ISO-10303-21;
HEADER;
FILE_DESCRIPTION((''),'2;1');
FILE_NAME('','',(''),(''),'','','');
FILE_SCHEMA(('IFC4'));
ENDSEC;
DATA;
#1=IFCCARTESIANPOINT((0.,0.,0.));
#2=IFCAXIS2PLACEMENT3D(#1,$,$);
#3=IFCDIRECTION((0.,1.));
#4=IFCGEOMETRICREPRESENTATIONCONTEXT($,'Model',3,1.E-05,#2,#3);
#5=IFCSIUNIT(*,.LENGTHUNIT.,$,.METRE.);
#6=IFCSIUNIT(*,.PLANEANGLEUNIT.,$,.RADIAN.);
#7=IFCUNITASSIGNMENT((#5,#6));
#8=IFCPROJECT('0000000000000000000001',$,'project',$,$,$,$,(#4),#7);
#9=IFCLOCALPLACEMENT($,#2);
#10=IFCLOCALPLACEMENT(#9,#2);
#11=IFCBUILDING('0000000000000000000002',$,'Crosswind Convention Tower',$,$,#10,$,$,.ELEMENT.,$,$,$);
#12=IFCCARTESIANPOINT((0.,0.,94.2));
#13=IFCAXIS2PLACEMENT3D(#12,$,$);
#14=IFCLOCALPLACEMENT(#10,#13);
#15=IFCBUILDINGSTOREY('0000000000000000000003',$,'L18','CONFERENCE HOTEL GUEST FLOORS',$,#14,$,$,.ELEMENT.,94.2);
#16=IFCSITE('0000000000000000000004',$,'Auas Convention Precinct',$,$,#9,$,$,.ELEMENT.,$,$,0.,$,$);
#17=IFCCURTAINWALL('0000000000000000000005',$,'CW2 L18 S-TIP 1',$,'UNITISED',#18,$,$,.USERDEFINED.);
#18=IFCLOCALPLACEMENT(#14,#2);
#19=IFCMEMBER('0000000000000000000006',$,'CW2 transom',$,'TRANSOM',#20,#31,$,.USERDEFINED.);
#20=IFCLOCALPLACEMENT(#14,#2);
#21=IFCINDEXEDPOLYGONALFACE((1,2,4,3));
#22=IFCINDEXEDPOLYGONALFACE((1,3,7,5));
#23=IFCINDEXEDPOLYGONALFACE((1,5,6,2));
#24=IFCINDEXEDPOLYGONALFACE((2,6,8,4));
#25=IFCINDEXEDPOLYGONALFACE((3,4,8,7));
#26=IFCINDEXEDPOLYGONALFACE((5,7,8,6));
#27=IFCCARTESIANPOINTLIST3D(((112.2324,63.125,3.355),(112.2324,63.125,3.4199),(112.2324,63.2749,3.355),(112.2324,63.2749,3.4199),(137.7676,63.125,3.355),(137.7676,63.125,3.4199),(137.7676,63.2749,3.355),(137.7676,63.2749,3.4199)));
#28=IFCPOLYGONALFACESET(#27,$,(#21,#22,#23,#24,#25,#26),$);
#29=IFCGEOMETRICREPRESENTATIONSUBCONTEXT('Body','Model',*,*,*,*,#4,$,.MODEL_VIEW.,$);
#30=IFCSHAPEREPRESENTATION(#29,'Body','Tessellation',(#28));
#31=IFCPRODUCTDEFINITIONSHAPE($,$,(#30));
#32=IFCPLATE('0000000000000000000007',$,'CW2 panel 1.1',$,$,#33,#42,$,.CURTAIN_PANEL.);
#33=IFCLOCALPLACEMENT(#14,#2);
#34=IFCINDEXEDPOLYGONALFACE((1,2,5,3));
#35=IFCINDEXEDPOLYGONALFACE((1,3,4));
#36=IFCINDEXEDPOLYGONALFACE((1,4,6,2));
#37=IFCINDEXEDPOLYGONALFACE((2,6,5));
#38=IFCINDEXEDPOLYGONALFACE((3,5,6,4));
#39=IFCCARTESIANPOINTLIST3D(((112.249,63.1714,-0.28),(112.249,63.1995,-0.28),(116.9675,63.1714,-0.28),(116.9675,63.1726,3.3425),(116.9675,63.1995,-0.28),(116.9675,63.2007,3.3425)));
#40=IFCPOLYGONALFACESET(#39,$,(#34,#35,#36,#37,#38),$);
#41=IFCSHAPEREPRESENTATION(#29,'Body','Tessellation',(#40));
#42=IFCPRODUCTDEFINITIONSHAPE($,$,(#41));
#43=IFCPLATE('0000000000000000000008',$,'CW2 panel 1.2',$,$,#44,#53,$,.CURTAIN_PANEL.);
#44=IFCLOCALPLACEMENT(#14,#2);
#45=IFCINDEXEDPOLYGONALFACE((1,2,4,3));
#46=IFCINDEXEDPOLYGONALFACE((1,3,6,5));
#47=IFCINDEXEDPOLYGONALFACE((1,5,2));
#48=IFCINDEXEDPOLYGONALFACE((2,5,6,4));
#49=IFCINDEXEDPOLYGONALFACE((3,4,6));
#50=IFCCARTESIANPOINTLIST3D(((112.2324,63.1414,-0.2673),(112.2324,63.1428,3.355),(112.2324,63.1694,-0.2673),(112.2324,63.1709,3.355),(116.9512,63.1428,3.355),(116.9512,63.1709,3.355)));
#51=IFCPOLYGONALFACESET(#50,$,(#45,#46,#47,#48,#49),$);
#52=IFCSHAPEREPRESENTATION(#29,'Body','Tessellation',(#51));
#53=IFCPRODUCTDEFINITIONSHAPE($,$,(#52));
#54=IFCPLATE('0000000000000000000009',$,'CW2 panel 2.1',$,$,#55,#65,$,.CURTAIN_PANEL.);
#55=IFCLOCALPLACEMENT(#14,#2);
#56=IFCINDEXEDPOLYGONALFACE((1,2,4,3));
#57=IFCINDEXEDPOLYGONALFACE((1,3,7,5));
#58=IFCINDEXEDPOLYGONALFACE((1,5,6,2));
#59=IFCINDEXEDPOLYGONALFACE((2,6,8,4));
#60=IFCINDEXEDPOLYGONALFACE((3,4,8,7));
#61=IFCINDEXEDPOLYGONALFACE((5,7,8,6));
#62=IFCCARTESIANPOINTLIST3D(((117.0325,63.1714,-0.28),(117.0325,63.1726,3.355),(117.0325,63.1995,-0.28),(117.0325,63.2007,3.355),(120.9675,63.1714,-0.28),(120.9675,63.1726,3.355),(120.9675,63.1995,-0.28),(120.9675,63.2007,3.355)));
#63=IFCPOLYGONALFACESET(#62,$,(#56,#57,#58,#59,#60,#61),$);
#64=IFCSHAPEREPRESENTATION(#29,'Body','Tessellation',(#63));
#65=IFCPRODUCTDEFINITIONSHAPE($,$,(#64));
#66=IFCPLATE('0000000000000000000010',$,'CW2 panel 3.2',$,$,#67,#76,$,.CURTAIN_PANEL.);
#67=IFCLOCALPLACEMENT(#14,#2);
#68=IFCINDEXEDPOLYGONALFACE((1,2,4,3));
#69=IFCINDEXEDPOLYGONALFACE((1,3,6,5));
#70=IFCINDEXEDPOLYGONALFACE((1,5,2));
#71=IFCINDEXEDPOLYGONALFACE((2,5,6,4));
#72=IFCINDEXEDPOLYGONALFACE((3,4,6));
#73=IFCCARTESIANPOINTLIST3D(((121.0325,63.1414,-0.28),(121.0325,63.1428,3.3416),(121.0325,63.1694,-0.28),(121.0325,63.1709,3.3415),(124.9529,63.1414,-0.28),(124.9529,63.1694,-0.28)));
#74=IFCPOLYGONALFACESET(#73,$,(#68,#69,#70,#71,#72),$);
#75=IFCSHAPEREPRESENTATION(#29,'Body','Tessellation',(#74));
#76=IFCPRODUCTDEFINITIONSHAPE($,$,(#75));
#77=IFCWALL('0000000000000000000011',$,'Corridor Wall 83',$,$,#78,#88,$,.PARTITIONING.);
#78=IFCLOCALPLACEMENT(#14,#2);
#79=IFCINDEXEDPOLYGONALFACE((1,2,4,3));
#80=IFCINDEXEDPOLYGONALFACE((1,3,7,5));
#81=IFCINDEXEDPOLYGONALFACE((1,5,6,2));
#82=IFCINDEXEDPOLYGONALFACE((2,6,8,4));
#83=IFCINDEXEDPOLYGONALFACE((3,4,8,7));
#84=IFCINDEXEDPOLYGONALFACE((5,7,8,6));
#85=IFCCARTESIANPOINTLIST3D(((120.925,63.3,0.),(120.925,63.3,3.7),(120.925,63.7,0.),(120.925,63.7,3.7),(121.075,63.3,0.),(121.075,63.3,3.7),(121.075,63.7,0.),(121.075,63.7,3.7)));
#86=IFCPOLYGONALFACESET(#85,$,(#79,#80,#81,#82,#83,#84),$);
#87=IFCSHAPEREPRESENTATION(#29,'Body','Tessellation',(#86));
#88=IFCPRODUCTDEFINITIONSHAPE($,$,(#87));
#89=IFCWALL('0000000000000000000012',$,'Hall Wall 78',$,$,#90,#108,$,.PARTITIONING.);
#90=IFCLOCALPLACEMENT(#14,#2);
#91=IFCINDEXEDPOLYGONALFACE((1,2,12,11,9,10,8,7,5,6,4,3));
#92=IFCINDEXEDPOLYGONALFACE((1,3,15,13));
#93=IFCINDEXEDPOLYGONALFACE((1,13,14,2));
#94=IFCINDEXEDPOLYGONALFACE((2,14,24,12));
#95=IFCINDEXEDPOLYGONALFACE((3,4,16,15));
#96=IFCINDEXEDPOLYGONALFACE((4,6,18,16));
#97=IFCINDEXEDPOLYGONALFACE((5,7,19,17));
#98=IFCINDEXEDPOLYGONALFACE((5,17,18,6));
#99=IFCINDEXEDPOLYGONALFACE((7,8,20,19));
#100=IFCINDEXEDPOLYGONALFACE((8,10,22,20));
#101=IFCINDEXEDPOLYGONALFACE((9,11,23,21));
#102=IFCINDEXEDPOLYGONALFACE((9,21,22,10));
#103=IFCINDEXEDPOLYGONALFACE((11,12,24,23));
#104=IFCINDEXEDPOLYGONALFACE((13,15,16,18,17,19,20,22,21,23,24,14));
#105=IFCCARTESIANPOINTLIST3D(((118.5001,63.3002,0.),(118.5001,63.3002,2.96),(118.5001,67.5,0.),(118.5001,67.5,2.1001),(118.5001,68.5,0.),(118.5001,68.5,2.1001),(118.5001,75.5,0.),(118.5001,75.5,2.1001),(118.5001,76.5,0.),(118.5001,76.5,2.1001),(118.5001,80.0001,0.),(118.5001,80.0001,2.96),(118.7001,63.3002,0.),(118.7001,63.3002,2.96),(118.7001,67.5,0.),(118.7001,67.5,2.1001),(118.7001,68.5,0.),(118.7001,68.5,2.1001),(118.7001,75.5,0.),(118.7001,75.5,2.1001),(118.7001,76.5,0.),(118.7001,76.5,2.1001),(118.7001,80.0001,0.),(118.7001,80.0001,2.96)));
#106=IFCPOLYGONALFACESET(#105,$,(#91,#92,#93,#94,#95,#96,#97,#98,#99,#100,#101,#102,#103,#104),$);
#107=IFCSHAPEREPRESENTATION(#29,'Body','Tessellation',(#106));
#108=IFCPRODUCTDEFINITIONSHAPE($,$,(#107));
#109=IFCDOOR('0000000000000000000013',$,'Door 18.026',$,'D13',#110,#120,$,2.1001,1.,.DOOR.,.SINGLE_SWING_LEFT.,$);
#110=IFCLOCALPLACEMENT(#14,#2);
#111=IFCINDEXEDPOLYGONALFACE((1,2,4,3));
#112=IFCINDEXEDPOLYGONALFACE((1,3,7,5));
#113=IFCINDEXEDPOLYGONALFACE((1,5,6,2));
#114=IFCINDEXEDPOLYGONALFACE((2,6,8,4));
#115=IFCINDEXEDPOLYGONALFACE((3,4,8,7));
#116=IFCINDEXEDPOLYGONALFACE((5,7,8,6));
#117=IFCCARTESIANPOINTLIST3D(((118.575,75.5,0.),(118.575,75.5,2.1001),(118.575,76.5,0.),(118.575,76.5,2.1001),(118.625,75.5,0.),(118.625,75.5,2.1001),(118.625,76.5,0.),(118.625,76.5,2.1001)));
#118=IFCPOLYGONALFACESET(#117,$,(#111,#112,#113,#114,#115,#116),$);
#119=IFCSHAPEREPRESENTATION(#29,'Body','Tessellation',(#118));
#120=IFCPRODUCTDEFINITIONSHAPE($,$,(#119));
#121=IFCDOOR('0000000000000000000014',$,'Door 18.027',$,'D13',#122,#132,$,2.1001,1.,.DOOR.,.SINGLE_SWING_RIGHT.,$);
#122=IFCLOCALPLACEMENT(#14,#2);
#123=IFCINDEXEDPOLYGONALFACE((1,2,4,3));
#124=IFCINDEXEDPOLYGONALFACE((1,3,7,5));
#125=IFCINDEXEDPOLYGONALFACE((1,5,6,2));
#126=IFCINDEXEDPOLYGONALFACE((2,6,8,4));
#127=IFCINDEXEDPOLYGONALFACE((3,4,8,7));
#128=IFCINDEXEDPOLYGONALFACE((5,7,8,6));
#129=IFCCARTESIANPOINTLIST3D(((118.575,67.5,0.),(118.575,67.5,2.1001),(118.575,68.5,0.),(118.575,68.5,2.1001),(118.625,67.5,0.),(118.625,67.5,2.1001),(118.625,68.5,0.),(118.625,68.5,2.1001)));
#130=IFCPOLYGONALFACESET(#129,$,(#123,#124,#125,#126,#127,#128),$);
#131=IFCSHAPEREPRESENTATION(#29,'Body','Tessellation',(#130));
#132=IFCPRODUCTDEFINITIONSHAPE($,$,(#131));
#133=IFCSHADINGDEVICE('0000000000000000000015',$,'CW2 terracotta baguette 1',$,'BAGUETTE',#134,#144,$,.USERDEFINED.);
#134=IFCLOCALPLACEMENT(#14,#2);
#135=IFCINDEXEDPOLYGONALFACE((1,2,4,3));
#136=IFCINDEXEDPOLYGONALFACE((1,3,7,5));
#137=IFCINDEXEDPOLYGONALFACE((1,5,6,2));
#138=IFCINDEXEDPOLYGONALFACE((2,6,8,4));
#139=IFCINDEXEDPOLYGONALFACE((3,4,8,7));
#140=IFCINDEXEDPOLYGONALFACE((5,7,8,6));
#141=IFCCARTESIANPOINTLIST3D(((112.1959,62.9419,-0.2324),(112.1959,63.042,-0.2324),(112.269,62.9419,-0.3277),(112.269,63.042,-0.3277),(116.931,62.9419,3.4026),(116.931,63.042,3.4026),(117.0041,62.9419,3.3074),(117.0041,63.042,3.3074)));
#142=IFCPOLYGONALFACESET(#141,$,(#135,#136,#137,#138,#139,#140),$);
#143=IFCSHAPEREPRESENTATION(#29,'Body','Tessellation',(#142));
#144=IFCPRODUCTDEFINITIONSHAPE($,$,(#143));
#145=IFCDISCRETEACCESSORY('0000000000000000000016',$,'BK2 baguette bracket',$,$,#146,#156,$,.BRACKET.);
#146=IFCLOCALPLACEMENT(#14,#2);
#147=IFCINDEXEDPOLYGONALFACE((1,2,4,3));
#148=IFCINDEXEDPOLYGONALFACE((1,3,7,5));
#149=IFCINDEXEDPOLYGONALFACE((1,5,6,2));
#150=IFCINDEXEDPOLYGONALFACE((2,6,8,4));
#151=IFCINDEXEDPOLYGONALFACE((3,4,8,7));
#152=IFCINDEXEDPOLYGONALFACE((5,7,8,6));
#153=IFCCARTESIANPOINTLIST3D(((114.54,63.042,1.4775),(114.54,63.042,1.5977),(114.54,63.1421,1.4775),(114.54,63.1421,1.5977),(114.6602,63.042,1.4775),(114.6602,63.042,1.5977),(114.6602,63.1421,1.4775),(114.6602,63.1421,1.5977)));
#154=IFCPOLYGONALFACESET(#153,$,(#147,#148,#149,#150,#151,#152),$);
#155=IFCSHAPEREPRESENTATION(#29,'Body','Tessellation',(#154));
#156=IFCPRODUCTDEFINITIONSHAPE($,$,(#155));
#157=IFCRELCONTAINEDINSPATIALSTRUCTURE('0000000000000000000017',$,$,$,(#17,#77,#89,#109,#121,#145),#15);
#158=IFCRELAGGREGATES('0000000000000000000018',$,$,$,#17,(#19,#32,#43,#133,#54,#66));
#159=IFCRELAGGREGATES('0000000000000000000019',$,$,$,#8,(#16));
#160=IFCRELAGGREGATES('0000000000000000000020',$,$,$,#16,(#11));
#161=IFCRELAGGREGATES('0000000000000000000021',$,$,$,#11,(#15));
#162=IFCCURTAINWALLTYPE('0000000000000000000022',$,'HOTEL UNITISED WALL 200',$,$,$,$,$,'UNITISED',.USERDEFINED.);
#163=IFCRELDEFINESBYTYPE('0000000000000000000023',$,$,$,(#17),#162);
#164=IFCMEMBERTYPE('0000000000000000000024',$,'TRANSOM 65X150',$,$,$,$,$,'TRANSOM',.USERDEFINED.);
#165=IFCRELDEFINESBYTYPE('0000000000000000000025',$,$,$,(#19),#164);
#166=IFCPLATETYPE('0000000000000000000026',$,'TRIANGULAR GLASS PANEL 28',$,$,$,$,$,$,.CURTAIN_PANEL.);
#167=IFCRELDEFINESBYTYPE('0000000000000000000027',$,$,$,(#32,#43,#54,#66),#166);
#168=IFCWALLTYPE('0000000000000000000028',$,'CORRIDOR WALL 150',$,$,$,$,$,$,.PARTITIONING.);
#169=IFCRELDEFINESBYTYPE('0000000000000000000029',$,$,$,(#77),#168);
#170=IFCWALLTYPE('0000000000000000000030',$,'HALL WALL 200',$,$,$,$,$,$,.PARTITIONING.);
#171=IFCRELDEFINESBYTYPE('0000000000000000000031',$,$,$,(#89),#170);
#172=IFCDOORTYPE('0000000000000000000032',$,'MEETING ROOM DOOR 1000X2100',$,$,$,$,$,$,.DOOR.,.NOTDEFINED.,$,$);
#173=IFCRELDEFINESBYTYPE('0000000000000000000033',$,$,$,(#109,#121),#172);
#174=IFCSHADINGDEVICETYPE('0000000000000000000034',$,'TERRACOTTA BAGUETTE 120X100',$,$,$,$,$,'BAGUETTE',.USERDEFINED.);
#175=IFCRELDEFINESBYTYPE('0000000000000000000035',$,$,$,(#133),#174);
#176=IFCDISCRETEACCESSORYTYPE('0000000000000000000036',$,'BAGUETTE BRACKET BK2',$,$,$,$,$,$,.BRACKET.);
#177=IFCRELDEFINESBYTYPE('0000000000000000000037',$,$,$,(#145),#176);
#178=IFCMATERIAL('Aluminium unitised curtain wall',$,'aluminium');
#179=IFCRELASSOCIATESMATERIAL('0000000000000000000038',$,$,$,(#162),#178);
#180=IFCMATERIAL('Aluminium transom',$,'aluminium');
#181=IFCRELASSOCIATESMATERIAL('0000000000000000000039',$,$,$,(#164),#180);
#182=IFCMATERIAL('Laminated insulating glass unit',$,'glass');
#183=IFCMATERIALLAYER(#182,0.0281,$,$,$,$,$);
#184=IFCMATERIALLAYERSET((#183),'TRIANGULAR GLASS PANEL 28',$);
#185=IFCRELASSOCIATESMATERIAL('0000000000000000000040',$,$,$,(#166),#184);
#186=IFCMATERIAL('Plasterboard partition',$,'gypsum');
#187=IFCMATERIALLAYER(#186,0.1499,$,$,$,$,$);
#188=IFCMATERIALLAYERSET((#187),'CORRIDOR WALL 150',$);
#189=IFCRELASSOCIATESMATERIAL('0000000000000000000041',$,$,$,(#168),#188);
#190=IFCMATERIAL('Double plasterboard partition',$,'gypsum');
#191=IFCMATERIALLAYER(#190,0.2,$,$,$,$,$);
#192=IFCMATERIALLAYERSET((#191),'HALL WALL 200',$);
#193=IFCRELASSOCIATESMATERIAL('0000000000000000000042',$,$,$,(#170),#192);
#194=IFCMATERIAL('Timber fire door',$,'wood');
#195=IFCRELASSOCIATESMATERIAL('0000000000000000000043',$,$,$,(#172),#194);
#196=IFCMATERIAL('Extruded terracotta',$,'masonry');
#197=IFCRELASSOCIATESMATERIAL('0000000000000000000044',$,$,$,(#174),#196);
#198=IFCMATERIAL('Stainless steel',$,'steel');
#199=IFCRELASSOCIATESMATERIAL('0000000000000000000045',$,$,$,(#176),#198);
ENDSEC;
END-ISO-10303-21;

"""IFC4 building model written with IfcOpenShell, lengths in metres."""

from ifc_helpers import new_model, si_unit, direction, frame, frame_2d, origin, origin_2d, place, context, subcontext, project, spatial, polyline, rectangle, outline, extrude, material, layer, layer_set, material_profile, profile_set, type_object, element, fill, aggregate, save


model = new_model("IFC4")

# Units and contexts
model_context = context("Model", 3, precision=1e-05, world=origin(), true_north=direction((0.0, 1.0)))
body_context = subcontext(model_context, "Body", "Model", "MODEL_VIEW")
ifc_project = project(units=[si_unit("LENGTHUNIT", "METRE"), si_unit("PLANEANGLEUNIT", "RADIAN")], contexts=[model_context])

# Site, building, storey
site_placement = place(None, origin())
site = spatial("IfcSite", under=ifc_project, at=site_placement, Name="Auas Convention Precinct", CompositionType="ELEMENT", RefElevation=0.0)
building_placement = place(site_placement, origin())
building = spatial("IfcBuilding", under=site, at=building_placement, Name="Crosswind Convention Tower", CompositionType="ELEMENT")
storey_placement = place(building_placement, frame((0.0, 0.0, 94.2)))
storey = spatial("IfcBuildingStorey", under=building, at=storey_placement, Name="L18", Description="CONFERENCE HOTEL GUEST FLOORS", CompositionType="ELEMENT", Elevation=94.2)

# Curtain wall, member, plates
ifc_material_1 = material(Name="Aluminium unitised curtain wall", Category="aluminium")
curtain_wall_type = type_object("IfcCurtainWallType", Name="HOTEL UNITISED WALL 200", ElementType="UNITISED", PredefinedType="USERDEFINED", material=ifc_material_1)
curtain_wall_placement = place(storey_placement, origin())
curtain_wall = element("IfcCurtainWall", 1, at=curtain_wall_placement, inside=storey, type_object=curtain_wall_type, Name="CW2 L18 S-TIP 1", ObjectType="UNITISED", PredefinedType="USERDEFINED")
ifc_material_2 = material(Name="Aluminium transom", Category="aluminium")
ifc_material_profile_1 = material_profile(ifc_material_2, rectangle(XDim=0.1499, YDim=0.0649, at=origin_2d()), Name="AL 150X65")
ifc_profile_set_1 = profile_set([ifc_material_profile_1], Name="Aluminium transom")
member_type_1 = type_object("IfcMemberType", Name="TRANSOM 65X150", ElementType="TRANSOM", PredefinedType="USERDEFINED", material=ifc_profile_set_1)
member_1_placement = place(storey_placement, frame((112.2324, 63.2, 3.3875), z_axis=(1.0, 0.0, 0.0), x_axis=(0.0, 1.0, 0.0)))
member_1 = element("IfcMember", 2, at=member_1_placement, type_object=member_type_1, Name="CW2 transom", ObjectType="TRANSOM", PredefinedType="USERDEFINED", context=body_context, shape_type="SweptSolid", body=[
    extrude(rectangle(XDim=0.1499, YDim=0.0649, at=origin_2d()), origin(), (0.0, 0.0, 1.0), 25.5352),
])
ifc_material_3 = material(Name="Laminated insulating glass unit", Category="glass")
ifc_layer_1 = layer(ifc_material_3, 0.0281)
ifc_layer_set_1 = layer_set([ifc_layer_1], Name="TRIANGULAR GLASS PANEL 28")
plate_type = type_object("IfcPlateType", Name="TRIANGULAR GLASS PANEL 28", PredefinedType="CURTAIN_PANEL", material=ifc_layer_set_1)
plate_1_placement = place(storey_placement, frame((116.9675, 63.1714, -0.28), z_axis=(0.0, -1.0, 0.000337), x_axis=(0.0, 0.000337, 1.0)))
plate_1 = element("IfcPlate", 3, at=plate_1_placement, type_object=plate_type, Name="CW2 panel 1.1", PredefinedType="CURTAIN_PANEL", context=body_context, shape_type="SweptSolid", body=[
    extrude(outline(polyline([(0.0, 0.0), (3.6226, 0.0), (0.0, 4.7185), (0.0, 0.0)])), origin(), (0.0, 0.0, -1.0), 0.0281),
])
plate_2_placement = place(storey_placement, frame((112.2324, 63.1428, 3.355), z_axis=(0.0, -1.0, 0.000404), x_axis=(0.0, -0.000404, -1.0)))
plate_2 = element("IfcPlate", 4, at=plate_2_placement, type_object=plate_type, Name="CW2 panel 1.2", PredefinedType="CURTAIN_PANEL", context=body_context, shape_type="SweptSolid", body=[
    extrude(outline(polyline([(0.0, 0.0), (3.6223, 0.0), (0.0, 4.7188), (0.0, 0.0)])), origin(), (0.0, 0.0, -1.0), 0.0281),
])
plate_3_placement = place(storey_placement, frame((117.0325, 63.1714, -0.28), z_axis=(0.0, -1.0, 0.000336), x_axis=(1.0, 0.0, 0.0)))
plate_3 = element("IfcPlate", 5, at=plate_3_placement, type_object=plate_type, Name="CW2 panel 2.1", PredefinedType="CURTAIN_PANEL", context=body_context, shape_type="SweptSolid", body=[
    extrude(outline(polyline([(0.0, 0.0), (3.9351, 0.0), (3.9351, 3.635), (0.0, 3.635), (0.0, 0.0)])), origin(), (0.0, 0.0, -1.0), 0.0281),
])
plate_4_placement = place(storey_placement, frame((121.0325, 63.1414, -0.28), z_axis=(0.0, -1.0, 0.000404), x_axis=(1.0, 0.0, 0.0)))
plate_4 = element("IfcPlate", 6, at=plate_4_placement, type_object=plate_type, Name="CW2 panel 3.2", PredefinedType="CURTAIN_PANEL", context=body_context, shape_type="SweptSolid", body=[
    extrude(outline(polyline([(0.0, 0.0), (3.9204, 0.0), (0.0, 3.6216), (0.0, 0.0)])), origin(), (0.0, 0.0, -1.0), 0.0281),
])

# Wall
ifc_material_4 = material(Name="Plasterboard partition", Category="gypsum")
ifc_layer_2 = layer(ifc_material_4, 0.1499)
ifc_layer_set_2 = layer_set([ifc_layer_2], Name="CORRIDOR WALL 150")
wall_type_1 = type_object("IfcWallType", Name="CORRIDOR WALL 150", PredefinedType="PARTITIONING", material=ifc_layer_set_2)
wall_1_placement = place(storey_placement, frame((121.0, 63.3, 0.0), z_axis=(0.0, 0.0, 1.0), x_axis=(0.0, 1.0, 0.0)))
element("IfcWall", 7, at=wall_1_placement, inside=storey, type_object=wall_type_1, Name="Corridor Wall 83", PredefinedType="PARTITIONING", context=body_context, shape_type="SweptSolid", body=[
    extrude(rectangle(XDim=0.3999, YDim=0.1499, at=frame_2d((0.2, 0.0))), origin(), (0.0, 0.0, 1.0), 3.7),
])

# Wall, openings, doors
ifc_material_5 = material(Name="Double plasterboard partition", Category="gypsum")
ifc_layer_3 = layer(ifc_material_5, 0.2)
ifc_layer_set_3 = layer_set([ifc_layer_3], Name="HALL WALL 200")
wall_type_2 = type_object("IfcWallType", Name="HALL WALL 200", PredefinedType="PARTITIONING", material=ifc_layer_set_3)
wall_2_placement = place(storey_placement, frame((118.6001, 63.3, 0.0), z_axis=(0.0, 0.0, 1.0), x_axis=(0.0, 1.0, 0.0)))
wall_2 = element("IfcWall", 8, at=wall_2_placement, inside=storey, type_object=wall_type_2, Name="Hall Wall 78", PredefinedType="PARTITIONING", context=body_context, shape_type="SweptSolid", body=[
    extrude(rectangle(XDim=16.7, YDim=0.2, at=frame_2d((8.3501, 0.0))), origin(), (0.0, 0.0, 1.0), 2.96),
])
opening_1_placement = place(wall_2_placement, frame((12.2, 0.0, 0.0)))
opening_1 = element("IfcOpeningElement", 9, at=opening_1_placement, cuts=wall_2, PredefinedType="OPENING", context=body_context, shape_type="SweptSolid", body=[
    extrude(rectangle(XDim=1.0, YDim=2.1001, at=frame_2d((0.5, 1.05))), frame((0.0, 0.1099, 0.0), z_axis=(0.0, -1.0, 0.0), x_axis=(1.0, 0.0, 0.0)), (0.0, 0.0, 1.0), 0.22),
])
opening_2_placement = place(wall_2_placement, frame((4.2, 0.0, 0.0)))
opening_2 = element("IfcOpeningElement", 10, at=opening_2_placement, cuts=wall_2, PredefinedType="OPENING", context=body_context, shape_type="SweptSolid", body=[
    extrude(rectangle(XDim=1.0, YDim=2.1001, at=frame_2d((0.5, 1.05))), frame((0.0, 0.1099, 0.0), z_axis=(0.0, -1.0, 0.0), x_axis=(1.0, 0.0, 0.0)), (0.0, 0.0, 1.0), 0.22),
])
ifc_material_6 = material(Name="Timber fire door", Category="wood")
door_type = type_object("IfcDoorType", Name="MEETING ROOM DOOR 1000X2100", OperationType="NOTDEFINED", PredefinedType="DOOR", material=ifc_material_6)
door_1_placement = place(opening_1_placement, frame((1.0, 0.0, 0.0), z_axis=(0.0, 0.0, 1.0), x_axis=(-1.0, 0.0, 0.0)))
door_1 = element("IfcDoor", 11, at=door_1_placement, inside=storey, type_object=door_type, Name="Door 18.026", ObjectType="D13", OperationType="SINGLE_SWING_LEFT", OverallHeight=2.1001, OverallWidth=1.0, PredefinedType="DOOR", context=body_context, shape_type="SweptSolid", body=[
    extrude(rectangle(XDim=1.0, YDim=2.1001, at=frame_2d((0.5, 1.05))), frame((0.0, 0.0249, 0.0), z_axis=(0.0, -1.0, 0.0), x_axis=(1.0, 0.0, 0.0)), (0.0, 0.0, 1.0), 0.05),
])
fill(opening_1, door_1)
door_2_placement = place(opening_2_placement, frame((1.0, 0.0, 0.0), z_axis=(0.0, 0.0, 1.0), x_axis=(-1.0, 0.0, 0.0)))
door_2 = element("IfcDoor", 12, at=door_2_placement, inside=storey, type_object=door_type, Name="Door 18.027", ObjectType="D13", OperationType="SINGLE_SWING_RIGHT", OverallHeight=2.1001, OverallWidth=1.0, PredefinedType="DOOR", context=body_context, shape_type="SweptSolid", body=[
    extrude(rectangle(XDim=1.0, YDim=2.1001, at=frame_2d((0.5, 1.05))), frame((0.0, 0.0249, 0.0), z_axis=(0.0, -1.0, 0.0), x_axis=(1.0, 0.0, 0.0)), (0.0, 0.0, 1.0), 0.05),
])
fill(opening_2, door_2)

# Shading device
ifc_material_7 = material(Name="Extruded terracotta", Category="masonry")
ifc_material_profile_2 = material_profile(ifc_material_7, rectangle(XDim=0.1001, YDim=0.1201, at=origin_2d()), Name="TC 100X120")
ifc_profile_set_2 = profile_set([ifc_material_profile_2], Name="Extruded terracotta")
shading_device_type = type_object("IfcShadingDeviceType", Name="TERRACOTTA BAGUETTE 120X100", ElementType="BAGUETTE", PredefinedType="USERDEFINED", material=ifc_profile_set_2)
shading_device_placement = place(storey_placement, frame((112.2324, 62.9919, -0.28), z_axis=(0.793221, 0.0, 0.608934), x_axis=(0.0, 1.0, 0.0)))
shading_device = element("IfcShadingDevice", 13, at=shading_device_placement, type_object=shading_device_type, Name="CW2 terracotta baguette 1", ObjectType="BAGUETTE", PredefinedType="USERDEFINED", context=body_context, shape_type="SweptSolid", body=[
    extrude(rectangle(XDim=0.1001, YDim=0.1201, at=origin_2d()), origin(), (0.0, 0.0, 1.0), 5.9695),
])
aggregate(curtain_wall, [member_1, plate_1, plate_2, shading_device, plate_3, plate_4])

# Discrete accessory
ifc_material_8 = material(Name="Stainless steel", Category="steel")
discrete_accessory_type = type_object("IfcDiscreteAccessoryType", Name="BAGUETTE BRACKET BK2", PredefinedType="BRACKET", material=ifc_material_8)
discrete_accessory_placement = place(storey_placement, frame((114.6001, 63.092, 1.4775), z_axis=(0.0, 0.0, 1.0), x_axis=(1.0, 0.0, 0.0)))
element("IfcDiscreteAccessory", 14, at=discrete_accessory_placement, inside=storey, type_object=discrete_accessory_type, Name="BK2 baguette bracket", PredefinedType="BRACKET", context=body_context, shape_type="SweptSolid", body=[
    extrude(rectangle(XDim=0.1201, YDim=0.1001, at=origin_2d()), origin(), (0.0, 0.0, 1.0), 0.1201),
])

save(model, "model.ifc")
